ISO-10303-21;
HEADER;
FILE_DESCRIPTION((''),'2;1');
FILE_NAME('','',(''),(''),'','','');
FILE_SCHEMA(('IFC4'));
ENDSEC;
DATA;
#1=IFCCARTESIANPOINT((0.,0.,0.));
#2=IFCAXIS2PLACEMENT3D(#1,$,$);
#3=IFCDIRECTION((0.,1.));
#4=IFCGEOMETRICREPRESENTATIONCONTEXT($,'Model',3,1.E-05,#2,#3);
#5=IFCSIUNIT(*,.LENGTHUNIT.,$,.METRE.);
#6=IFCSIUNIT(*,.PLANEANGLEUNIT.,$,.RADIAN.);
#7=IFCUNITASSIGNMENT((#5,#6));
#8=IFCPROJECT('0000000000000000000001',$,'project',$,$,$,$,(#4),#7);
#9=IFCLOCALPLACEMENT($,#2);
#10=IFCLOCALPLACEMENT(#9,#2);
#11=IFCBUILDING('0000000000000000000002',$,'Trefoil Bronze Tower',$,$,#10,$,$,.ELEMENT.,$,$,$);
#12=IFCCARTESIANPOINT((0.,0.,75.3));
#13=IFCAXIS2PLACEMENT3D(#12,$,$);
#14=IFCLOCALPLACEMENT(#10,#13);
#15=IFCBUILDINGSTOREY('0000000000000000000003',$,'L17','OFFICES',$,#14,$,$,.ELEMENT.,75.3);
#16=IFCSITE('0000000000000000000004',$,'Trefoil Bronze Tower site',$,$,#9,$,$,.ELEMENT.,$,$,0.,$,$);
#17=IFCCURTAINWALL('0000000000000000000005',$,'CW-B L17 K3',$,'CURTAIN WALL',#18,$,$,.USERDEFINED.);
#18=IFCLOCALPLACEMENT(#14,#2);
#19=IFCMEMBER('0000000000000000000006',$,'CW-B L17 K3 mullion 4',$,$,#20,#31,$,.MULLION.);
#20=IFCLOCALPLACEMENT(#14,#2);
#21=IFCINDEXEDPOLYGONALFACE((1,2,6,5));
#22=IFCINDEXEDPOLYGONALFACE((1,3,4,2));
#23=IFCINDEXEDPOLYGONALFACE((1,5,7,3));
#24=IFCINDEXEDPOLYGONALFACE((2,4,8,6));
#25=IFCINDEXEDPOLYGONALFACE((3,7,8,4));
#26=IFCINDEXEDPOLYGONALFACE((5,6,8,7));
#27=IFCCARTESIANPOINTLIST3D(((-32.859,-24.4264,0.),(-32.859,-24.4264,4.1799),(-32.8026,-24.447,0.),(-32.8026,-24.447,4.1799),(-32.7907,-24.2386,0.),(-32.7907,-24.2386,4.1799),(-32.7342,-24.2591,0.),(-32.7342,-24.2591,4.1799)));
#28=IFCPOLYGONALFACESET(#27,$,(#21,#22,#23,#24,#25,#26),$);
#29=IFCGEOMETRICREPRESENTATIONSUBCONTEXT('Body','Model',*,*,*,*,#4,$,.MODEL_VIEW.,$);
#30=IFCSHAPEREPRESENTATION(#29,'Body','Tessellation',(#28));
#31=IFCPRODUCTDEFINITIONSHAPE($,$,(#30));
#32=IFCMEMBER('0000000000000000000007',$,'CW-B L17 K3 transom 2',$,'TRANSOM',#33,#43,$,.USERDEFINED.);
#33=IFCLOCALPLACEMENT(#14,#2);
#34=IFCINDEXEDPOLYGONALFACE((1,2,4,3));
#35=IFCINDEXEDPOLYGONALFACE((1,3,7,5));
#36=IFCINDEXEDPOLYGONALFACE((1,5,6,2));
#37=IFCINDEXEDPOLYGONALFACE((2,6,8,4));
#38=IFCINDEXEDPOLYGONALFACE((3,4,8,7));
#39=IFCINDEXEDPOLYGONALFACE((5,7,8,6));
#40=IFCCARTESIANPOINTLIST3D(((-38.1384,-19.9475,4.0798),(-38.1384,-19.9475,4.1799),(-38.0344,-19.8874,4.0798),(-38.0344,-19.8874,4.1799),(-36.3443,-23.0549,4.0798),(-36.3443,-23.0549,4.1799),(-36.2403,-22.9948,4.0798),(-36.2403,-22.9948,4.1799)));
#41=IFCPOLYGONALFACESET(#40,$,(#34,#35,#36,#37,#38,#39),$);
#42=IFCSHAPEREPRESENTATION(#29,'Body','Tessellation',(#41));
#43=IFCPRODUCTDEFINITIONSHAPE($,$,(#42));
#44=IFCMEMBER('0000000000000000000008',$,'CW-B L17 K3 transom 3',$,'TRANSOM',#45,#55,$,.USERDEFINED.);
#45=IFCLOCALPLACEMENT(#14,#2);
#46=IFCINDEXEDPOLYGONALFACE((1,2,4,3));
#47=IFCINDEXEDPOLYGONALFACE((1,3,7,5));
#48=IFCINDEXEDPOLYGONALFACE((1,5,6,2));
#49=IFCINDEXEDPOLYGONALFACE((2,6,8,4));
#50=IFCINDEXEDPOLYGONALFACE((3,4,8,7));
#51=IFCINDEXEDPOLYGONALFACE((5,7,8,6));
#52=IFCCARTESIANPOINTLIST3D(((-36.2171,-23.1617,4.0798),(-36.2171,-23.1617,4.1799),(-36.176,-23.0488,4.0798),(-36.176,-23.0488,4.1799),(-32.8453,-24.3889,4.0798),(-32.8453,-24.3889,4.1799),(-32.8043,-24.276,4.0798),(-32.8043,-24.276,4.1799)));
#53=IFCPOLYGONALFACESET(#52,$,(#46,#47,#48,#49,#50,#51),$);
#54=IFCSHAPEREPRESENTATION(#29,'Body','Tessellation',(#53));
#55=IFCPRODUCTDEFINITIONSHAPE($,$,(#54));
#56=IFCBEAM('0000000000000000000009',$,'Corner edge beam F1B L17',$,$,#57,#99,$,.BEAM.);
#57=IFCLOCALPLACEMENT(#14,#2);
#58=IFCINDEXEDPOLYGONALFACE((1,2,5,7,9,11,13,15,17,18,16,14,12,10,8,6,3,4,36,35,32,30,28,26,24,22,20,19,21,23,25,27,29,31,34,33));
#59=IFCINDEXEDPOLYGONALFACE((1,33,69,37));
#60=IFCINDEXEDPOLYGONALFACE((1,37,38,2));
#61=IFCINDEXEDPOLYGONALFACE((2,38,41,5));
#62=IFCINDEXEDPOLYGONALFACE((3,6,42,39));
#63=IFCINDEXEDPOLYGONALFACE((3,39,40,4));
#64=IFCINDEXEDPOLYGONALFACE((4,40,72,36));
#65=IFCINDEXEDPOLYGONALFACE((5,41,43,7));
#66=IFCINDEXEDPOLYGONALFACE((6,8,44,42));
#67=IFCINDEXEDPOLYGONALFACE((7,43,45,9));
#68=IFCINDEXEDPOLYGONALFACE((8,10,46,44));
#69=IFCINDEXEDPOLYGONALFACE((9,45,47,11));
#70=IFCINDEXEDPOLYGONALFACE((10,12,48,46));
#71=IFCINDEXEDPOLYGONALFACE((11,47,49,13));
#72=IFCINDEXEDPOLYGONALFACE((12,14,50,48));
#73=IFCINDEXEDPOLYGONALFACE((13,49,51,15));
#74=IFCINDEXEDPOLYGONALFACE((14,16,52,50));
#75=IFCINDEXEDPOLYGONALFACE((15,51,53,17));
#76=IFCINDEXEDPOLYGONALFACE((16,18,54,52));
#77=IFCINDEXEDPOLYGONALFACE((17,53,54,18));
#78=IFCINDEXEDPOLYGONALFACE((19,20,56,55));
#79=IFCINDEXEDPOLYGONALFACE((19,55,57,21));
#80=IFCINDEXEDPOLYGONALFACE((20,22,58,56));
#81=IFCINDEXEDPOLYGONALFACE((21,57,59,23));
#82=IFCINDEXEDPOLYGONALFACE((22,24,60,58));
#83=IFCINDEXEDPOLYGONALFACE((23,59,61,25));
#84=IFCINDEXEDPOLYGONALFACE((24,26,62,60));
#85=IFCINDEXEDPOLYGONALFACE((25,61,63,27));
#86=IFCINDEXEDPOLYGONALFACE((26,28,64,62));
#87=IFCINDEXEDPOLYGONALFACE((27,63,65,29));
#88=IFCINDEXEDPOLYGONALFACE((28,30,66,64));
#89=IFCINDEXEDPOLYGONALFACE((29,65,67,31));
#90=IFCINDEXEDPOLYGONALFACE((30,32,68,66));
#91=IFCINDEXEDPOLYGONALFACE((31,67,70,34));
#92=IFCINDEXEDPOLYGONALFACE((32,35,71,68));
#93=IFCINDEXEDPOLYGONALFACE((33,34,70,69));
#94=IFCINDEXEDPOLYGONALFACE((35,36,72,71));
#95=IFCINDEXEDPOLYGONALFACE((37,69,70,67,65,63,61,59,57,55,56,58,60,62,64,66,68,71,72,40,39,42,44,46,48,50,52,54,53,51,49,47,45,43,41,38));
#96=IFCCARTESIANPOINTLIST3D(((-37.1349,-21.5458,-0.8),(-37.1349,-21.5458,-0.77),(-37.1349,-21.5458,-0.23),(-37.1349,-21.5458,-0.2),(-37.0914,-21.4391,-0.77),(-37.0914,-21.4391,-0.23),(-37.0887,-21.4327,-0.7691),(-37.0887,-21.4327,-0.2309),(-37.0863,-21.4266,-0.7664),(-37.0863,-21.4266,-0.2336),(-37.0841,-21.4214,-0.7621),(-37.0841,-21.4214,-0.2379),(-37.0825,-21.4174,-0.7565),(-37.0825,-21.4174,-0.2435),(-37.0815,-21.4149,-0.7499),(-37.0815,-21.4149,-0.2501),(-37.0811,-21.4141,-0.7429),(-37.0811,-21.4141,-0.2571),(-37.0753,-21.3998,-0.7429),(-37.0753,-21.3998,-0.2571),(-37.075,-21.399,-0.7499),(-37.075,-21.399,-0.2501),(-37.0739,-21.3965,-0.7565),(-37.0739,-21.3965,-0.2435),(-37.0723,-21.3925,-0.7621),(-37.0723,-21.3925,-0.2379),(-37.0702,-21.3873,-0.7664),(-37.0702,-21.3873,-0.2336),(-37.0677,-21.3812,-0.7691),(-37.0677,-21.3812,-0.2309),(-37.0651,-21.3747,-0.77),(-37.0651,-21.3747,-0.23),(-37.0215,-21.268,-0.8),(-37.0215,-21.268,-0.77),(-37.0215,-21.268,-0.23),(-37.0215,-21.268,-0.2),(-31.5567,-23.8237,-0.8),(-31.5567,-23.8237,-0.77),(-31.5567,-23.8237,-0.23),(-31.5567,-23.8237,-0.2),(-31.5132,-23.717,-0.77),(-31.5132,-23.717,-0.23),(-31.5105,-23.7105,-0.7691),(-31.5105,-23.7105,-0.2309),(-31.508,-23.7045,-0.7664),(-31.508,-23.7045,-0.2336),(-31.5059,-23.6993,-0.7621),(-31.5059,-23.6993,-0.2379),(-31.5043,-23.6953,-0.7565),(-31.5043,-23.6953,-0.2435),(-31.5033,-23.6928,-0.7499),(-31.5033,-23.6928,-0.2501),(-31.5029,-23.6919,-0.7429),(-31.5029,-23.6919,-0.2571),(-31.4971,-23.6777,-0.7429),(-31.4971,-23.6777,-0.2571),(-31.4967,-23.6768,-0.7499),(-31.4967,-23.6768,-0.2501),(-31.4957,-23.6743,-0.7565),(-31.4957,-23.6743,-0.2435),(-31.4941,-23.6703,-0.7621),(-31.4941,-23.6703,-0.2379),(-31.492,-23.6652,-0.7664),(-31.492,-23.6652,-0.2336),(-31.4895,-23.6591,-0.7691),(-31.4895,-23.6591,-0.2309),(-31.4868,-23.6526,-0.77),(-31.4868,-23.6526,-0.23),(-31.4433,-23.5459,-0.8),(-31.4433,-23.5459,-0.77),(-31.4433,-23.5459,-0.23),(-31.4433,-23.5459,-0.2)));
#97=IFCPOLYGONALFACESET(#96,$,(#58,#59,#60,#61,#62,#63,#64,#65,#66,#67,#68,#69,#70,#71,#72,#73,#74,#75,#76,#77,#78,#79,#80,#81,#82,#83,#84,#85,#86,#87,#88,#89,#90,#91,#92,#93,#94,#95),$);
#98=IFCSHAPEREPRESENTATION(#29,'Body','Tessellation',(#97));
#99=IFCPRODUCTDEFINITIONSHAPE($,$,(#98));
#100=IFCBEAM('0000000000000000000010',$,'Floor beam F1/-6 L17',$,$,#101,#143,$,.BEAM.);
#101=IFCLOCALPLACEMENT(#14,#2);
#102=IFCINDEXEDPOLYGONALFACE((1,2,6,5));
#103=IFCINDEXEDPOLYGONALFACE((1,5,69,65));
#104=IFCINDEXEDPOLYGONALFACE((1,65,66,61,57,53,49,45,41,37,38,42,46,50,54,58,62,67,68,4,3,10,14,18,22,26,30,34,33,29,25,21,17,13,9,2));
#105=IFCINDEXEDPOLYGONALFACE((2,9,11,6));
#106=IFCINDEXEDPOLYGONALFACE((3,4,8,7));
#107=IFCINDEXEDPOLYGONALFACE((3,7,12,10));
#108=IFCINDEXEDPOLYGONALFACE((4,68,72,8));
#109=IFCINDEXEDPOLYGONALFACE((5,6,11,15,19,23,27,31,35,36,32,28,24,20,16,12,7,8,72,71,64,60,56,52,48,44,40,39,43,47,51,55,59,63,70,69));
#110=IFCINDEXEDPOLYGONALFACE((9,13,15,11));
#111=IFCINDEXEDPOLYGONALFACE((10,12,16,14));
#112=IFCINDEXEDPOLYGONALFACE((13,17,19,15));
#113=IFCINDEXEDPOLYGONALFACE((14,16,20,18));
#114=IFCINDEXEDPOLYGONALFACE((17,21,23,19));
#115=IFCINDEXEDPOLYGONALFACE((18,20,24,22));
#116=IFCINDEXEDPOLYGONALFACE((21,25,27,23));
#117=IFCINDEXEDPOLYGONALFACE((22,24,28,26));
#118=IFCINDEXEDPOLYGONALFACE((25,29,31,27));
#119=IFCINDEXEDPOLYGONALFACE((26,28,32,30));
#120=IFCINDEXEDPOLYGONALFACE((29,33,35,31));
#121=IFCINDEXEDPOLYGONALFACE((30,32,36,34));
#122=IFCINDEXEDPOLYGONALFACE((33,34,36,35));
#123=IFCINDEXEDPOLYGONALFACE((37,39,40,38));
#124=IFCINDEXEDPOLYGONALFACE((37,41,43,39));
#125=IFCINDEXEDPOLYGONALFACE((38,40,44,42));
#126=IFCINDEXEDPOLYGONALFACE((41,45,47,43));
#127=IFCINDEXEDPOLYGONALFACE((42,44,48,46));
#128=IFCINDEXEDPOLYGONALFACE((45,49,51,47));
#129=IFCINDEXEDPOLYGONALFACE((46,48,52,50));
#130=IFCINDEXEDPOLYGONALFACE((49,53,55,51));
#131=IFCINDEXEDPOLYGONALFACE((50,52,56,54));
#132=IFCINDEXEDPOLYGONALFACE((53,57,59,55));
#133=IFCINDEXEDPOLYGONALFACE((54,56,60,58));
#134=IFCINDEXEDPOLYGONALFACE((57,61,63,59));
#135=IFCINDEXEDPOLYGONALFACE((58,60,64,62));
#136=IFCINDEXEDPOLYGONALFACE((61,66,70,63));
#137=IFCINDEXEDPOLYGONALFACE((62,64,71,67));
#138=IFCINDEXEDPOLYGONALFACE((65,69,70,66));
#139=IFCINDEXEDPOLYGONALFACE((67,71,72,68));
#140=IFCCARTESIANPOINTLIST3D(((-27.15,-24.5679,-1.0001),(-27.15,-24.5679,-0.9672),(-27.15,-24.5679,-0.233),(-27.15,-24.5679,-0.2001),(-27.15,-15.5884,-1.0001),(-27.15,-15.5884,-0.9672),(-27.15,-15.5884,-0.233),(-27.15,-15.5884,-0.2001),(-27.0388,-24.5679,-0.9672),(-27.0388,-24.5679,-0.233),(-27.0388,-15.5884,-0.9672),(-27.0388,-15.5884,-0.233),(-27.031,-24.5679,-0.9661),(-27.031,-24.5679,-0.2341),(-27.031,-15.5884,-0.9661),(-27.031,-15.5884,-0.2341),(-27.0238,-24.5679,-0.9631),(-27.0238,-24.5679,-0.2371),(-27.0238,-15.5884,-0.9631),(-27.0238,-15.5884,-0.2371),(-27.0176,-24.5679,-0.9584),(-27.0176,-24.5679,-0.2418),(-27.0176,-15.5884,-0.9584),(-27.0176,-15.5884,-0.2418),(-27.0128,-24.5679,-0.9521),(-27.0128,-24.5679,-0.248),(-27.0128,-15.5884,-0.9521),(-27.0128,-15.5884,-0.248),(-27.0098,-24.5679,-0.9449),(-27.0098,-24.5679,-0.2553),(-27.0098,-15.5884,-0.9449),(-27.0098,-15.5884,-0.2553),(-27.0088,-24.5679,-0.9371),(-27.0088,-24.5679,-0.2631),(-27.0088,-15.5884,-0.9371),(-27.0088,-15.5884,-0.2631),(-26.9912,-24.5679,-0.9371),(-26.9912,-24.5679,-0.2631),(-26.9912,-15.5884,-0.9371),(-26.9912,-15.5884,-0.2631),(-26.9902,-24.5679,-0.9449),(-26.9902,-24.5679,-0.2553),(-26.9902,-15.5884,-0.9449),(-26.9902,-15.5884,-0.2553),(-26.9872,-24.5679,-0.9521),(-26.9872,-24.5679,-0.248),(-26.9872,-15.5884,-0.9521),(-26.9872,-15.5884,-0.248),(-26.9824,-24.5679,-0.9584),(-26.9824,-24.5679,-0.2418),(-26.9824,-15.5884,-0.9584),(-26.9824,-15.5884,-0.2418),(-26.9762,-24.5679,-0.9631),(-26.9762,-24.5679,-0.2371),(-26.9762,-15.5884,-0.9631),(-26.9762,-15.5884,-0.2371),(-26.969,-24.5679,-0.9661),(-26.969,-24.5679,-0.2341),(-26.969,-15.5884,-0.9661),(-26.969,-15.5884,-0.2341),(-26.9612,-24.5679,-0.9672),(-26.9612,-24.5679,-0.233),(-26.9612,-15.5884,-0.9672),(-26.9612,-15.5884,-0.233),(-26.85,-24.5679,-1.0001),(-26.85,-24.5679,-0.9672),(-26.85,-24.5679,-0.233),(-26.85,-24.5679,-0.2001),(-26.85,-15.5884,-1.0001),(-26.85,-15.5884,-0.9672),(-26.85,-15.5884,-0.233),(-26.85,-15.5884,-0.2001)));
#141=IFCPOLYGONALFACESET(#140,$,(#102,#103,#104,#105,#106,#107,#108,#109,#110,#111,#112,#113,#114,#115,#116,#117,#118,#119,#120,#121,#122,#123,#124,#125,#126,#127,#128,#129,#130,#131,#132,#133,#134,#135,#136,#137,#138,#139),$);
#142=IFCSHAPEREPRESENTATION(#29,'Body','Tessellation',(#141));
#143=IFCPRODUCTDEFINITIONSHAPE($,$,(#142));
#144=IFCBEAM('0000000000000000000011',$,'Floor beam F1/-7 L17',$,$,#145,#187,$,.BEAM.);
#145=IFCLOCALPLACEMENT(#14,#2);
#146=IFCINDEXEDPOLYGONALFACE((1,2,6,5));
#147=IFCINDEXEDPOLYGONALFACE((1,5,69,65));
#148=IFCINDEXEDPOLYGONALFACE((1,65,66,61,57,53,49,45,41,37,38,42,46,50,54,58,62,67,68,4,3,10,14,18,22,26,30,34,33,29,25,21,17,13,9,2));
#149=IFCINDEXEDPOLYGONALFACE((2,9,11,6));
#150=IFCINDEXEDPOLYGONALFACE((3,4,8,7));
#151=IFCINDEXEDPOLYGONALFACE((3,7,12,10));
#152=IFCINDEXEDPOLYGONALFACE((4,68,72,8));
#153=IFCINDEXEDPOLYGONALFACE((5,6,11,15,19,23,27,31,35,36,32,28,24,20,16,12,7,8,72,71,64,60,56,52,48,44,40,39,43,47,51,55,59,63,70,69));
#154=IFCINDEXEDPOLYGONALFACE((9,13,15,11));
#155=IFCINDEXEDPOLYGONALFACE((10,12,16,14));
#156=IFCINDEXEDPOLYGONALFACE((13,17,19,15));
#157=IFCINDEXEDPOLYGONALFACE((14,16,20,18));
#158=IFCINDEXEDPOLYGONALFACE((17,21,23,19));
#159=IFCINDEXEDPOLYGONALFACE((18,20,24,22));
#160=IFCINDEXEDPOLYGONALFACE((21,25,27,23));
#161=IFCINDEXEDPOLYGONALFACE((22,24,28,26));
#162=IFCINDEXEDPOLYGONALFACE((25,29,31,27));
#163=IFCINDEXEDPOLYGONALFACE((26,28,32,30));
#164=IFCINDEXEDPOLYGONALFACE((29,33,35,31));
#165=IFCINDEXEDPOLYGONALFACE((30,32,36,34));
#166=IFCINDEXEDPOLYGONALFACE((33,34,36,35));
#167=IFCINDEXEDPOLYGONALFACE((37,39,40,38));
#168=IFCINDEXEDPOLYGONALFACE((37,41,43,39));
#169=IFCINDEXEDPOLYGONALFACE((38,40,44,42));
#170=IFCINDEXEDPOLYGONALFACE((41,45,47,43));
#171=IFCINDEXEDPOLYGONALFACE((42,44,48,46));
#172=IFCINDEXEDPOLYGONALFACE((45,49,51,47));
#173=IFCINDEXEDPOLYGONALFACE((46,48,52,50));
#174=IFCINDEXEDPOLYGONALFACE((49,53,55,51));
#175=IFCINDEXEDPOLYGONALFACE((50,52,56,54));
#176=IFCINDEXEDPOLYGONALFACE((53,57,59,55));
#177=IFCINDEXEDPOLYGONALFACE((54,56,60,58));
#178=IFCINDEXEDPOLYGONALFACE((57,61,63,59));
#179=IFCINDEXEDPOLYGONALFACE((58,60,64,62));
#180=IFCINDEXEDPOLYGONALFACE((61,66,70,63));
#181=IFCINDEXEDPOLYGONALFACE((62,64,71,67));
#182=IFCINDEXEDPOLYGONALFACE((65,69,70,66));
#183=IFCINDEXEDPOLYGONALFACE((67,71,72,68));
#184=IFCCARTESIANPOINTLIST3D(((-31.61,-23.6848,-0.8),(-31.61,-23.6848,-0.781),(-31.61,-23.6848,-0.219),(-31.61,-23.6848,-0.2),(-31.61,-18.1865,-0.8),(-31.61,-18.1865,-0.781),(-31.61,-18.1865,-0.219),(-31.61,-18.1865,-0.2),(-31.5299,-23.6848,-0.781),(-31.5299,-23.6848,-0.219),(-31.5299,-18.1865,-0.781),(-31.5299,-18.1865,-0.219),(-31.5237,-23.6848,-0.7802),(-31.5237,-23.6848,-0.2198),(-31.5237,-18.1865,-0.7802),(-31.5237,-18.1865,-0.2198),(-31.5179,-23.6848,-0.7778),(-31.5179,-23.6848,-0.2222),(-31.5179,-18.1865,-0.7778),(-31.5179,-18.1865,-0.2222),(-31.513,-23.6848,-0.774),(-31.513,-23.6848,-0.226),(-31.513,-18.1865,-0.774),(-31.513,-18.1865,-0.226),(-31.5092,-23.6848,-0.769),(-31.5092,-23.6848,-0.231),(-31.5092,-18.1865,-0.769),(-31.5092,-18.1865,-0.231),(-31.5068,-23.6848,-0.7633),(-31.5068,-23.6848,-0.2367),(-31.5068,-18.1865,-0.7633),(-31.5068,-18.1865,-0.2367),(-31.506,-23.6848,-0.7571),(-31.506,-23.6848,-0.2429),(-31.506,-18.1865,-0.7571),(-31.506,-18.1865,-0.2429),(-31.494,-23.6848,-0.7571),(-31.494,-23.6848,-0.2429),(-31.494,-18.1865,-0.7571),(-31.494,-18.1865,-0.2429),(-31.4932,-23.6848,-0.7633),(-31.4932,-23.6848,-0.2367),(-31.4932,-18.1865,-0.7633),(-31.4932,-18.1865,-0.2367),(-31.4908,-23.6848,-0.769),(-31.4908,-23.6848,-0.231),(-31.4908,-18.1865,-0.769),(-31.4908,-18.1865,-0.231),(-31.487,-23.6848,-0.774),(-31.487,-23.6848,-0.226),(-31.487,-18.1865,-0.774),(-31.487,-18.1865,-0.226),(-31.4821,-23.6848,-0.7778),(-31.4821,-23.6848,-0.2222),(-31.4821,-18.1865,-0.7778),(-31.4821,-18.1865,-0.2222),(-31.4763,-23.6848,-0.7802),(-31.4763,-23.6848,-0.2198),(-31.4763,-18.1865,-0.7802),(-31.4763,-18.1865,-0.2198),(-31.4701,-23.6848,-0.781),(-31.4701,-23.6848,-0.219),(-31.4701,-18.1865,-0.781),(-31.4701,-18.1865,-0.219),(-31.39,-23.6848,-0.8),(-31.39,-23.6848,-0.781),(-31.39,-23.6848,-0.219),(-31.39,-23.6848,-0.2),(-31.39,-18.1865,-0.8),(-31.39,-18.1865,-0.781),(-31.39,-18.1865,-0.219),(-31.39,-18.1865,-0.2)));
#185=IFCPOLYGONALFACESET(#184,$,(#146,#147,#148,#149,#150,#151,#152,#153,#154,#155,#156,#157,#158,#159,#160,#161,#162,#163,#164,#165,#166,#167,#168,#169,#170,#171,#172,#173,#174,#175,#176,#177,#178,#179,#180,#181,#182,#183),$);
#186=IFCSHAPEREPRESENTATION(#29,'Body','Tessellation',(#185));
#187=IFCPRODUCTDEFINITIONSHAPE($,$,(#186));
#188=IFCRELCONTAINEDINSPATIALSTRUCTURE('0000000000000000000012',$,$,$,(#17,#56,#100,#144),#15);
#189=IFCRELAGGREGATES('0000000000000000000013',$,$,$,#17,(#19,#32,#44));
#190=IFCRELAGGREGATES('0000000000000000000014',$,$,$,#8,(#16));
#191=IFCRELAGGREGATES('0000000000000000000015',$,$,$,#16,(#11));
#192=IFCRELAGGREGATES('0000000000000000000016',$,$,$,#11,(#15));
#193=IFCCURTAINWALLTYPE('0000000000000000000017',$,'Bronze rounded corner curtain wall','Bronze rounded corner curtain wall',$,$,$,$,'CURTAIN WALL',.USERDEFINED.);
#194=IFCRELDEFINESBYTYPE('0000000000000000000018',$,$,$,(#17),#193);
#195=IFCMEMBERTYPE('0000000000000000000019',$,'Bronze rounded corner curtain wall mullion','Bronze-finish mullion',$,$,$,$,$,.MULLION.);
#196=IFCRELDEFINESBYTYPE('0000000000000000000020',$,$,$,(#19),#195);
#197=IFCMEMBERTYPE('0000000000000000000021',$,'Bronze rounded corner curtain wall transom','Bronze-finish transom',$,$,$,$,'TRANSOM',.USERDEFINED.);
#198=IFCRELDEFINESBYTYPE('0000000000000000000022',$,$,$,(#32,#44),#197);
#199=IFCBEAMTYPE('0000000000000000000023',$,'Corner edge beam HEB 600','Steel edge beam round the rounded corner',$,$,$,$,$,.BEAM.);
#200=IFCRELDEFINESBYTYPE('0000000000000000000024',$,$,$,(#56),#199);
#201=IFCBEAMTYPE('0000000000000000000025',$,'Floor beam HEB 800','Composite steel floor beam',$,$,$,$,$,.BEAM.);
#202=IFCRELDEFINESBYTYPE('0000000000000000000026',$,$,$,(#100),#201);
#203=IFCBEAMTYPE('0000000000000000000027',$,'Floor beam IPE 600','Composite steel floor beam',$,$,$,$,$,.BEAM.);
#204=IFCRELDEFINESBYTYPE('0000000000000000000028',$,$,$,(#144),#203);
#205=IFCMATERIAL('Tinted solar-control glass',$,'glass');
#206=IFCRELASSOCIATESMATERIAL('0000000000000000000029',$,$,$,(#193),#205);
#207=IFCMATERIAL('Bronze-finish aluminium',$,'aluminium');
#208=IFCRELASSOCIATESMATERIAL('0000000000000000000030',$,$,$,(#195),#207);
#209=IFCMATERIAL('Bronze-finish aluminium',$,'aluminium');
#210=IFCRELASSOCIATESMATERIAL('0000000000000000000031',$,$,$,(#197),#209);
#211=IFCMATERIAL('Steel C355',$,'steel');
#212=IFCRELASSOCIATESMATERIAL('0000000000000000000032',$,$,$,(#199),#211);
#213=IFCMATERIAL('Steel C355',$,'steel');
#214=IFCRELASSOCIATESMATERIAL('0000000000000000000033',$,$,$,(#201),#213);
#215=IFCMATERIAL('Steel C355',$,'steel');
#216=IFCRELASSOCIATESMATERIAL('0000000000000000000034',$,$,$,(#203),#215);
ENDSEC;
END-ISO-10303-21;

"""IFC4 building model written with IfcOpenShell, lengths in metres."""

from ifc_helpers import new_model, si_unit, direction, frame, origin, origin_2d, place, context, subcontext, project, spatial, rectangle, i_section, extrude, material, material_profile, profile_set, type_object, element, aggregate, save


model = new_model("IFC4")

# Units and contexts
model_context = context("Model", 3, precision=1e-05, world=origin(), true_north=direction((0.0, 1.0)))
body_context = subcontext(model_context, "Body", "Model", "MODEL_VIEW")
ifc_project = project(units=[si_unit("LENGTHUNIT", "METRE"), si_unit("PLANEANGLEUNIT", "RADIAN")], contexts=[model_context])

# Site, building, storey
site_placement = place(None, origin())
site = spatial("IfcSite", under=ifc_project, at=site_placement, Name="Trefoil Bronze Tower site", CompositionType="ELEMENT", RefElevation=0.0)
building_placement = place(site_placement, origin())
building = spatial("IfcBuilding", under=site, at=building_placement, Name="Trefoil Bronze Tower", CompositionType="ELEMENT")
storey_placement = place(building_placement, frame((0.0, 0.0, 75.3)))
storey = spatial("IfcBuildingStorey", under=building, at=storey_placement, Name="L17", Description="OFFICES", CompositionType="ELEMENT", Elevation=75.3)

# Curtain wall, members
ifc_material_1 = material(Name="Tinted solar-control glass", Category="glass")
curtain_wall_type_1 = type_object("IfcCurtainWallType", Name="Bronze rounded corner curtain wall", Description="Bronze rounded corner curtain wall", ElementType="CURTAIN WALL", PredefinedType="USERDEFINED", material=ifc_material_1)
curtain_wall_1_placement = place(storey_placement, origin())
curtain_wall_1 = element("IfcCurtainWall", 1, at=curtain_wall_1_placement, inside=storey, type_object=curtain_wall_type_1, Name="CW-B L17 K3", ObjectType="CURTAIN WALL", PredefinedType="USERDEFINED")
ifc_material_2 = material(Name="Bronze-finish aluminium", Category="aluminium")
ifc_material_profile_1 = material_profile(ifc_material_2, rectangle(XDim=0.2, YDim=0.0601, at=origin_2d()), Name="CW-B mullion")
ifc_profile_set_1 = profile_set([ifc_material_profile_1], Name="Bronze-finish aluminium")
member_type_1 = type_object("IfcMemberType", Name="Bronze rounded corner curtain wall mullion", Description="Bronze-finish mullion", PredefinedType="MULLION", material=ifc_profile_set_1)
member_1_placement = place(storey_placement, frame((-32.7966, -24.3428, 0.0), z_axis=(0.0, 0.0, 1.0), x_axis=(0.34202, 0.939693, 0.0)))
member_1 = element("IfcMember", 2, at=member_1_placement, type_object=member_type_1, Name="CW-B L17 K3 mullion 4", PredefinedType="MULLION", context=body_context, shape_type="SweptSolid", body=[
    extrude(rectangle(XDim=0.2, YDim=0.0601, at=origin_2d()), origin(), (0.0, 0.0, 1.0), 4.1799),
])
ifc_material_3 = material(Name="Bronze-finish aluminium", Category="aluminium")
ifc_material_profile_2 = material_profile(ifc_material_3, rectangle(XDim=0.1201, YDim=0.1001, at=origin_2d()), Name="CW-B transom")
ifc_profile_set_2 = profile_set([ifc_material_profile_2], Name="Bronze-finish aluminium")
member_type_2 = type_object("IfcMemberType", Name="Bronze rounded corner curtain wall transom", Description="Bronze-finish transom", ElementType="TRANSOM", PredefinedType="USERDEFINED", material=ifc_profile_set_2)
member_2_placement = place(storey_placement, frame((-38.0864, -19.9175, 4.1299), z_axis=(0.500025, -0.866011, 0.0), x_axis=(0.866011, 0.500025, 0.0)))
member_2 = element("IfcMember", 3, at=member_2_placement, type_object=member_type_2, Name="CW-B L17 K3 transom 2", ObjectType="TRANSOM", PredefinedType="USERDEFINED", context=body_context, shape_type="SweptSolid", body=[
    extrude(rectangle(XDim=0.1201, YDim=0.1001, at=origin_2d()), origin(), (0.0, 0.0, 1.0), 3.5881),
])
member_3_placement = place(storey_placement, frame((-36.1965, -23.1052, 4.1299), z_axis=(0.939688, -0.342033, 0.0), x_axis=(0.342033, 0.939688, 0.0)))
member_3 = element("IfcMember", 4, at=member_3_placement, type_object=member_type_2, Name="CW-B L17 K3 transom 3", ObjectType="TRANSOM", PredefinedType="USERDEFINED", context=body_context, shape_type="SweptSolid", body=[
    extrude(rectangle(XDim=0.1201, YDim=0.1001, at=origin_2d()), origin(), (0.0, 0.0, 1.0), 3.5881),
])

# Beams
ifc_material_4 = material(Name="Steel C355", Category="steel")
ifc_material_profile_3 = material_profile(ifc_material_4, i_section(OverallWidth=0.3, OverallDepth=0.6001, WebThickness=0.0154, FlangeThickness=0.03, FilletRadius=0.0271, at=origin_2d()), Name="HEB 600")
ifc_profile_set_3 = profile_set([ifc_material_profile_3], Name="Steel C355")
beam_type_1 = type_object("IfcBeamType", Name="Corner edge beam HEB 600", Description="Steel edge beam round the rounded corner", PredefinedType="BEAM", material=ifc_profile_set_3)
beam_1_placement = place(storey_placement, frame((-31.5, -23.6848, -0.5), z_axis=(-0.925787, 0.378046, 0.0), x_axis=(-0.378046, -0.925787, 0.0)))
element("IfcBeam", 5, at=beam_1_placement, inside=storey, type_object=beam_type_1, Name="Corner edge beam F1B L17", PredefinedType="BEAM", context=body_context, shape_type="SweptSolid", body=[
    extrude(i_section(OverallWidth=0.3, OverallDepth=0.6001, WebThickness=0.0154, FlangeThickness=0.03, FilletRadius=0.0271, at=origin_2d()), origin(), (0.0, 0.0, 1.0), 6.0254),
])
ifc_material_5 = material(Name="Steel C355", Category="steel")
ifc_material_profile_4 = material_profile(ifc_material_5, i_section(OverallWidth=0.3, OverallDepth=0.8, WebThickness=0.0176, FlangeThickness=0.033, FilletRadius=0.03, at=origin_2d()), Name="HEB 800")
ifc_profile_set_4 = profile_set([ifc_material_profile_4], Name="Steel C355")
beam_type_2 = type_object("IfcBeamType", Name="Floor beam HEB 800", Description="Composite steel floor beam", PredefinedType="BEAM", material=ifc_profile_set_4)
beam_2_placement = place(storey_placement, frame((-27.0, -24.5679, -0.6001), z_axis=(0.0, 1.0, 0.0), x_axis=(-1.0, 0.0, 0.0)))
element("IfcBeam", 6, at=beam_2_placement, inside=storey, type_object=beam_type_2, Name="Floor beam F1/-6 L17", PredefinedType="BEAM", context=body_context, shape_type="SweptSolid", body=[
    extrude(i_section(OverallWidth=0.3, OverallDepth=0.8, WebThickness=0.0176, FlangeThickness=0.033, FilletRadius=0.03, at=origin_2d()), origin(), (0.0, 0.0, 1.0), 8.9795),
])
ifc_material_6 = material(Name="Steel C355", Category="steel")
ifc_material_profile_5 = material_profile(ifc_material_6, i_section(OverallWidth=0.22, OverallDepth=0.6001, WebThickness=0.012, FlangeThickness=0.019, FilletRadius=0.0239, at=origin_2d()), Name="IPE 600")
ifc_profile_set_5 = profile_set([ifc_material_profile_5], Name="Steel C355")
beam_type_3 = type_object("IfcBeamType", Name="Floor beam IPE 600", Description="Composite steel floor beam", PredefinedType="BEAM", material=ifc_profile_set_5)
beam_3_placement = place(storey_placement, frame((-31.5, -23.6848, -0.5), z_axis=(0.0, 1.0, 0.0), x_axis=(-1.0, 0.0, 0.0)))
element("IfcBeam", 7, at=beam_3_placement, inside=storey, type_object=beam_type_3, Name="Floor beam F1/-7 L17", PredefinedType="BEAM", context=body_context, shape_type="SweptSolid", body=[
    extrude(i_section(OverallWidth=0.22, OverallDepth=0.6001, WebThickness=0.012, FlangeThickness=0.019, FilletRadius=0.0239, at=origin_2d()), origin(), (0.0, 0.0, 1.0), 5.4983),
])

aggregate(curtain_wall_1, [member_1, member_2, member_3])

save(model, "model.ifc")
